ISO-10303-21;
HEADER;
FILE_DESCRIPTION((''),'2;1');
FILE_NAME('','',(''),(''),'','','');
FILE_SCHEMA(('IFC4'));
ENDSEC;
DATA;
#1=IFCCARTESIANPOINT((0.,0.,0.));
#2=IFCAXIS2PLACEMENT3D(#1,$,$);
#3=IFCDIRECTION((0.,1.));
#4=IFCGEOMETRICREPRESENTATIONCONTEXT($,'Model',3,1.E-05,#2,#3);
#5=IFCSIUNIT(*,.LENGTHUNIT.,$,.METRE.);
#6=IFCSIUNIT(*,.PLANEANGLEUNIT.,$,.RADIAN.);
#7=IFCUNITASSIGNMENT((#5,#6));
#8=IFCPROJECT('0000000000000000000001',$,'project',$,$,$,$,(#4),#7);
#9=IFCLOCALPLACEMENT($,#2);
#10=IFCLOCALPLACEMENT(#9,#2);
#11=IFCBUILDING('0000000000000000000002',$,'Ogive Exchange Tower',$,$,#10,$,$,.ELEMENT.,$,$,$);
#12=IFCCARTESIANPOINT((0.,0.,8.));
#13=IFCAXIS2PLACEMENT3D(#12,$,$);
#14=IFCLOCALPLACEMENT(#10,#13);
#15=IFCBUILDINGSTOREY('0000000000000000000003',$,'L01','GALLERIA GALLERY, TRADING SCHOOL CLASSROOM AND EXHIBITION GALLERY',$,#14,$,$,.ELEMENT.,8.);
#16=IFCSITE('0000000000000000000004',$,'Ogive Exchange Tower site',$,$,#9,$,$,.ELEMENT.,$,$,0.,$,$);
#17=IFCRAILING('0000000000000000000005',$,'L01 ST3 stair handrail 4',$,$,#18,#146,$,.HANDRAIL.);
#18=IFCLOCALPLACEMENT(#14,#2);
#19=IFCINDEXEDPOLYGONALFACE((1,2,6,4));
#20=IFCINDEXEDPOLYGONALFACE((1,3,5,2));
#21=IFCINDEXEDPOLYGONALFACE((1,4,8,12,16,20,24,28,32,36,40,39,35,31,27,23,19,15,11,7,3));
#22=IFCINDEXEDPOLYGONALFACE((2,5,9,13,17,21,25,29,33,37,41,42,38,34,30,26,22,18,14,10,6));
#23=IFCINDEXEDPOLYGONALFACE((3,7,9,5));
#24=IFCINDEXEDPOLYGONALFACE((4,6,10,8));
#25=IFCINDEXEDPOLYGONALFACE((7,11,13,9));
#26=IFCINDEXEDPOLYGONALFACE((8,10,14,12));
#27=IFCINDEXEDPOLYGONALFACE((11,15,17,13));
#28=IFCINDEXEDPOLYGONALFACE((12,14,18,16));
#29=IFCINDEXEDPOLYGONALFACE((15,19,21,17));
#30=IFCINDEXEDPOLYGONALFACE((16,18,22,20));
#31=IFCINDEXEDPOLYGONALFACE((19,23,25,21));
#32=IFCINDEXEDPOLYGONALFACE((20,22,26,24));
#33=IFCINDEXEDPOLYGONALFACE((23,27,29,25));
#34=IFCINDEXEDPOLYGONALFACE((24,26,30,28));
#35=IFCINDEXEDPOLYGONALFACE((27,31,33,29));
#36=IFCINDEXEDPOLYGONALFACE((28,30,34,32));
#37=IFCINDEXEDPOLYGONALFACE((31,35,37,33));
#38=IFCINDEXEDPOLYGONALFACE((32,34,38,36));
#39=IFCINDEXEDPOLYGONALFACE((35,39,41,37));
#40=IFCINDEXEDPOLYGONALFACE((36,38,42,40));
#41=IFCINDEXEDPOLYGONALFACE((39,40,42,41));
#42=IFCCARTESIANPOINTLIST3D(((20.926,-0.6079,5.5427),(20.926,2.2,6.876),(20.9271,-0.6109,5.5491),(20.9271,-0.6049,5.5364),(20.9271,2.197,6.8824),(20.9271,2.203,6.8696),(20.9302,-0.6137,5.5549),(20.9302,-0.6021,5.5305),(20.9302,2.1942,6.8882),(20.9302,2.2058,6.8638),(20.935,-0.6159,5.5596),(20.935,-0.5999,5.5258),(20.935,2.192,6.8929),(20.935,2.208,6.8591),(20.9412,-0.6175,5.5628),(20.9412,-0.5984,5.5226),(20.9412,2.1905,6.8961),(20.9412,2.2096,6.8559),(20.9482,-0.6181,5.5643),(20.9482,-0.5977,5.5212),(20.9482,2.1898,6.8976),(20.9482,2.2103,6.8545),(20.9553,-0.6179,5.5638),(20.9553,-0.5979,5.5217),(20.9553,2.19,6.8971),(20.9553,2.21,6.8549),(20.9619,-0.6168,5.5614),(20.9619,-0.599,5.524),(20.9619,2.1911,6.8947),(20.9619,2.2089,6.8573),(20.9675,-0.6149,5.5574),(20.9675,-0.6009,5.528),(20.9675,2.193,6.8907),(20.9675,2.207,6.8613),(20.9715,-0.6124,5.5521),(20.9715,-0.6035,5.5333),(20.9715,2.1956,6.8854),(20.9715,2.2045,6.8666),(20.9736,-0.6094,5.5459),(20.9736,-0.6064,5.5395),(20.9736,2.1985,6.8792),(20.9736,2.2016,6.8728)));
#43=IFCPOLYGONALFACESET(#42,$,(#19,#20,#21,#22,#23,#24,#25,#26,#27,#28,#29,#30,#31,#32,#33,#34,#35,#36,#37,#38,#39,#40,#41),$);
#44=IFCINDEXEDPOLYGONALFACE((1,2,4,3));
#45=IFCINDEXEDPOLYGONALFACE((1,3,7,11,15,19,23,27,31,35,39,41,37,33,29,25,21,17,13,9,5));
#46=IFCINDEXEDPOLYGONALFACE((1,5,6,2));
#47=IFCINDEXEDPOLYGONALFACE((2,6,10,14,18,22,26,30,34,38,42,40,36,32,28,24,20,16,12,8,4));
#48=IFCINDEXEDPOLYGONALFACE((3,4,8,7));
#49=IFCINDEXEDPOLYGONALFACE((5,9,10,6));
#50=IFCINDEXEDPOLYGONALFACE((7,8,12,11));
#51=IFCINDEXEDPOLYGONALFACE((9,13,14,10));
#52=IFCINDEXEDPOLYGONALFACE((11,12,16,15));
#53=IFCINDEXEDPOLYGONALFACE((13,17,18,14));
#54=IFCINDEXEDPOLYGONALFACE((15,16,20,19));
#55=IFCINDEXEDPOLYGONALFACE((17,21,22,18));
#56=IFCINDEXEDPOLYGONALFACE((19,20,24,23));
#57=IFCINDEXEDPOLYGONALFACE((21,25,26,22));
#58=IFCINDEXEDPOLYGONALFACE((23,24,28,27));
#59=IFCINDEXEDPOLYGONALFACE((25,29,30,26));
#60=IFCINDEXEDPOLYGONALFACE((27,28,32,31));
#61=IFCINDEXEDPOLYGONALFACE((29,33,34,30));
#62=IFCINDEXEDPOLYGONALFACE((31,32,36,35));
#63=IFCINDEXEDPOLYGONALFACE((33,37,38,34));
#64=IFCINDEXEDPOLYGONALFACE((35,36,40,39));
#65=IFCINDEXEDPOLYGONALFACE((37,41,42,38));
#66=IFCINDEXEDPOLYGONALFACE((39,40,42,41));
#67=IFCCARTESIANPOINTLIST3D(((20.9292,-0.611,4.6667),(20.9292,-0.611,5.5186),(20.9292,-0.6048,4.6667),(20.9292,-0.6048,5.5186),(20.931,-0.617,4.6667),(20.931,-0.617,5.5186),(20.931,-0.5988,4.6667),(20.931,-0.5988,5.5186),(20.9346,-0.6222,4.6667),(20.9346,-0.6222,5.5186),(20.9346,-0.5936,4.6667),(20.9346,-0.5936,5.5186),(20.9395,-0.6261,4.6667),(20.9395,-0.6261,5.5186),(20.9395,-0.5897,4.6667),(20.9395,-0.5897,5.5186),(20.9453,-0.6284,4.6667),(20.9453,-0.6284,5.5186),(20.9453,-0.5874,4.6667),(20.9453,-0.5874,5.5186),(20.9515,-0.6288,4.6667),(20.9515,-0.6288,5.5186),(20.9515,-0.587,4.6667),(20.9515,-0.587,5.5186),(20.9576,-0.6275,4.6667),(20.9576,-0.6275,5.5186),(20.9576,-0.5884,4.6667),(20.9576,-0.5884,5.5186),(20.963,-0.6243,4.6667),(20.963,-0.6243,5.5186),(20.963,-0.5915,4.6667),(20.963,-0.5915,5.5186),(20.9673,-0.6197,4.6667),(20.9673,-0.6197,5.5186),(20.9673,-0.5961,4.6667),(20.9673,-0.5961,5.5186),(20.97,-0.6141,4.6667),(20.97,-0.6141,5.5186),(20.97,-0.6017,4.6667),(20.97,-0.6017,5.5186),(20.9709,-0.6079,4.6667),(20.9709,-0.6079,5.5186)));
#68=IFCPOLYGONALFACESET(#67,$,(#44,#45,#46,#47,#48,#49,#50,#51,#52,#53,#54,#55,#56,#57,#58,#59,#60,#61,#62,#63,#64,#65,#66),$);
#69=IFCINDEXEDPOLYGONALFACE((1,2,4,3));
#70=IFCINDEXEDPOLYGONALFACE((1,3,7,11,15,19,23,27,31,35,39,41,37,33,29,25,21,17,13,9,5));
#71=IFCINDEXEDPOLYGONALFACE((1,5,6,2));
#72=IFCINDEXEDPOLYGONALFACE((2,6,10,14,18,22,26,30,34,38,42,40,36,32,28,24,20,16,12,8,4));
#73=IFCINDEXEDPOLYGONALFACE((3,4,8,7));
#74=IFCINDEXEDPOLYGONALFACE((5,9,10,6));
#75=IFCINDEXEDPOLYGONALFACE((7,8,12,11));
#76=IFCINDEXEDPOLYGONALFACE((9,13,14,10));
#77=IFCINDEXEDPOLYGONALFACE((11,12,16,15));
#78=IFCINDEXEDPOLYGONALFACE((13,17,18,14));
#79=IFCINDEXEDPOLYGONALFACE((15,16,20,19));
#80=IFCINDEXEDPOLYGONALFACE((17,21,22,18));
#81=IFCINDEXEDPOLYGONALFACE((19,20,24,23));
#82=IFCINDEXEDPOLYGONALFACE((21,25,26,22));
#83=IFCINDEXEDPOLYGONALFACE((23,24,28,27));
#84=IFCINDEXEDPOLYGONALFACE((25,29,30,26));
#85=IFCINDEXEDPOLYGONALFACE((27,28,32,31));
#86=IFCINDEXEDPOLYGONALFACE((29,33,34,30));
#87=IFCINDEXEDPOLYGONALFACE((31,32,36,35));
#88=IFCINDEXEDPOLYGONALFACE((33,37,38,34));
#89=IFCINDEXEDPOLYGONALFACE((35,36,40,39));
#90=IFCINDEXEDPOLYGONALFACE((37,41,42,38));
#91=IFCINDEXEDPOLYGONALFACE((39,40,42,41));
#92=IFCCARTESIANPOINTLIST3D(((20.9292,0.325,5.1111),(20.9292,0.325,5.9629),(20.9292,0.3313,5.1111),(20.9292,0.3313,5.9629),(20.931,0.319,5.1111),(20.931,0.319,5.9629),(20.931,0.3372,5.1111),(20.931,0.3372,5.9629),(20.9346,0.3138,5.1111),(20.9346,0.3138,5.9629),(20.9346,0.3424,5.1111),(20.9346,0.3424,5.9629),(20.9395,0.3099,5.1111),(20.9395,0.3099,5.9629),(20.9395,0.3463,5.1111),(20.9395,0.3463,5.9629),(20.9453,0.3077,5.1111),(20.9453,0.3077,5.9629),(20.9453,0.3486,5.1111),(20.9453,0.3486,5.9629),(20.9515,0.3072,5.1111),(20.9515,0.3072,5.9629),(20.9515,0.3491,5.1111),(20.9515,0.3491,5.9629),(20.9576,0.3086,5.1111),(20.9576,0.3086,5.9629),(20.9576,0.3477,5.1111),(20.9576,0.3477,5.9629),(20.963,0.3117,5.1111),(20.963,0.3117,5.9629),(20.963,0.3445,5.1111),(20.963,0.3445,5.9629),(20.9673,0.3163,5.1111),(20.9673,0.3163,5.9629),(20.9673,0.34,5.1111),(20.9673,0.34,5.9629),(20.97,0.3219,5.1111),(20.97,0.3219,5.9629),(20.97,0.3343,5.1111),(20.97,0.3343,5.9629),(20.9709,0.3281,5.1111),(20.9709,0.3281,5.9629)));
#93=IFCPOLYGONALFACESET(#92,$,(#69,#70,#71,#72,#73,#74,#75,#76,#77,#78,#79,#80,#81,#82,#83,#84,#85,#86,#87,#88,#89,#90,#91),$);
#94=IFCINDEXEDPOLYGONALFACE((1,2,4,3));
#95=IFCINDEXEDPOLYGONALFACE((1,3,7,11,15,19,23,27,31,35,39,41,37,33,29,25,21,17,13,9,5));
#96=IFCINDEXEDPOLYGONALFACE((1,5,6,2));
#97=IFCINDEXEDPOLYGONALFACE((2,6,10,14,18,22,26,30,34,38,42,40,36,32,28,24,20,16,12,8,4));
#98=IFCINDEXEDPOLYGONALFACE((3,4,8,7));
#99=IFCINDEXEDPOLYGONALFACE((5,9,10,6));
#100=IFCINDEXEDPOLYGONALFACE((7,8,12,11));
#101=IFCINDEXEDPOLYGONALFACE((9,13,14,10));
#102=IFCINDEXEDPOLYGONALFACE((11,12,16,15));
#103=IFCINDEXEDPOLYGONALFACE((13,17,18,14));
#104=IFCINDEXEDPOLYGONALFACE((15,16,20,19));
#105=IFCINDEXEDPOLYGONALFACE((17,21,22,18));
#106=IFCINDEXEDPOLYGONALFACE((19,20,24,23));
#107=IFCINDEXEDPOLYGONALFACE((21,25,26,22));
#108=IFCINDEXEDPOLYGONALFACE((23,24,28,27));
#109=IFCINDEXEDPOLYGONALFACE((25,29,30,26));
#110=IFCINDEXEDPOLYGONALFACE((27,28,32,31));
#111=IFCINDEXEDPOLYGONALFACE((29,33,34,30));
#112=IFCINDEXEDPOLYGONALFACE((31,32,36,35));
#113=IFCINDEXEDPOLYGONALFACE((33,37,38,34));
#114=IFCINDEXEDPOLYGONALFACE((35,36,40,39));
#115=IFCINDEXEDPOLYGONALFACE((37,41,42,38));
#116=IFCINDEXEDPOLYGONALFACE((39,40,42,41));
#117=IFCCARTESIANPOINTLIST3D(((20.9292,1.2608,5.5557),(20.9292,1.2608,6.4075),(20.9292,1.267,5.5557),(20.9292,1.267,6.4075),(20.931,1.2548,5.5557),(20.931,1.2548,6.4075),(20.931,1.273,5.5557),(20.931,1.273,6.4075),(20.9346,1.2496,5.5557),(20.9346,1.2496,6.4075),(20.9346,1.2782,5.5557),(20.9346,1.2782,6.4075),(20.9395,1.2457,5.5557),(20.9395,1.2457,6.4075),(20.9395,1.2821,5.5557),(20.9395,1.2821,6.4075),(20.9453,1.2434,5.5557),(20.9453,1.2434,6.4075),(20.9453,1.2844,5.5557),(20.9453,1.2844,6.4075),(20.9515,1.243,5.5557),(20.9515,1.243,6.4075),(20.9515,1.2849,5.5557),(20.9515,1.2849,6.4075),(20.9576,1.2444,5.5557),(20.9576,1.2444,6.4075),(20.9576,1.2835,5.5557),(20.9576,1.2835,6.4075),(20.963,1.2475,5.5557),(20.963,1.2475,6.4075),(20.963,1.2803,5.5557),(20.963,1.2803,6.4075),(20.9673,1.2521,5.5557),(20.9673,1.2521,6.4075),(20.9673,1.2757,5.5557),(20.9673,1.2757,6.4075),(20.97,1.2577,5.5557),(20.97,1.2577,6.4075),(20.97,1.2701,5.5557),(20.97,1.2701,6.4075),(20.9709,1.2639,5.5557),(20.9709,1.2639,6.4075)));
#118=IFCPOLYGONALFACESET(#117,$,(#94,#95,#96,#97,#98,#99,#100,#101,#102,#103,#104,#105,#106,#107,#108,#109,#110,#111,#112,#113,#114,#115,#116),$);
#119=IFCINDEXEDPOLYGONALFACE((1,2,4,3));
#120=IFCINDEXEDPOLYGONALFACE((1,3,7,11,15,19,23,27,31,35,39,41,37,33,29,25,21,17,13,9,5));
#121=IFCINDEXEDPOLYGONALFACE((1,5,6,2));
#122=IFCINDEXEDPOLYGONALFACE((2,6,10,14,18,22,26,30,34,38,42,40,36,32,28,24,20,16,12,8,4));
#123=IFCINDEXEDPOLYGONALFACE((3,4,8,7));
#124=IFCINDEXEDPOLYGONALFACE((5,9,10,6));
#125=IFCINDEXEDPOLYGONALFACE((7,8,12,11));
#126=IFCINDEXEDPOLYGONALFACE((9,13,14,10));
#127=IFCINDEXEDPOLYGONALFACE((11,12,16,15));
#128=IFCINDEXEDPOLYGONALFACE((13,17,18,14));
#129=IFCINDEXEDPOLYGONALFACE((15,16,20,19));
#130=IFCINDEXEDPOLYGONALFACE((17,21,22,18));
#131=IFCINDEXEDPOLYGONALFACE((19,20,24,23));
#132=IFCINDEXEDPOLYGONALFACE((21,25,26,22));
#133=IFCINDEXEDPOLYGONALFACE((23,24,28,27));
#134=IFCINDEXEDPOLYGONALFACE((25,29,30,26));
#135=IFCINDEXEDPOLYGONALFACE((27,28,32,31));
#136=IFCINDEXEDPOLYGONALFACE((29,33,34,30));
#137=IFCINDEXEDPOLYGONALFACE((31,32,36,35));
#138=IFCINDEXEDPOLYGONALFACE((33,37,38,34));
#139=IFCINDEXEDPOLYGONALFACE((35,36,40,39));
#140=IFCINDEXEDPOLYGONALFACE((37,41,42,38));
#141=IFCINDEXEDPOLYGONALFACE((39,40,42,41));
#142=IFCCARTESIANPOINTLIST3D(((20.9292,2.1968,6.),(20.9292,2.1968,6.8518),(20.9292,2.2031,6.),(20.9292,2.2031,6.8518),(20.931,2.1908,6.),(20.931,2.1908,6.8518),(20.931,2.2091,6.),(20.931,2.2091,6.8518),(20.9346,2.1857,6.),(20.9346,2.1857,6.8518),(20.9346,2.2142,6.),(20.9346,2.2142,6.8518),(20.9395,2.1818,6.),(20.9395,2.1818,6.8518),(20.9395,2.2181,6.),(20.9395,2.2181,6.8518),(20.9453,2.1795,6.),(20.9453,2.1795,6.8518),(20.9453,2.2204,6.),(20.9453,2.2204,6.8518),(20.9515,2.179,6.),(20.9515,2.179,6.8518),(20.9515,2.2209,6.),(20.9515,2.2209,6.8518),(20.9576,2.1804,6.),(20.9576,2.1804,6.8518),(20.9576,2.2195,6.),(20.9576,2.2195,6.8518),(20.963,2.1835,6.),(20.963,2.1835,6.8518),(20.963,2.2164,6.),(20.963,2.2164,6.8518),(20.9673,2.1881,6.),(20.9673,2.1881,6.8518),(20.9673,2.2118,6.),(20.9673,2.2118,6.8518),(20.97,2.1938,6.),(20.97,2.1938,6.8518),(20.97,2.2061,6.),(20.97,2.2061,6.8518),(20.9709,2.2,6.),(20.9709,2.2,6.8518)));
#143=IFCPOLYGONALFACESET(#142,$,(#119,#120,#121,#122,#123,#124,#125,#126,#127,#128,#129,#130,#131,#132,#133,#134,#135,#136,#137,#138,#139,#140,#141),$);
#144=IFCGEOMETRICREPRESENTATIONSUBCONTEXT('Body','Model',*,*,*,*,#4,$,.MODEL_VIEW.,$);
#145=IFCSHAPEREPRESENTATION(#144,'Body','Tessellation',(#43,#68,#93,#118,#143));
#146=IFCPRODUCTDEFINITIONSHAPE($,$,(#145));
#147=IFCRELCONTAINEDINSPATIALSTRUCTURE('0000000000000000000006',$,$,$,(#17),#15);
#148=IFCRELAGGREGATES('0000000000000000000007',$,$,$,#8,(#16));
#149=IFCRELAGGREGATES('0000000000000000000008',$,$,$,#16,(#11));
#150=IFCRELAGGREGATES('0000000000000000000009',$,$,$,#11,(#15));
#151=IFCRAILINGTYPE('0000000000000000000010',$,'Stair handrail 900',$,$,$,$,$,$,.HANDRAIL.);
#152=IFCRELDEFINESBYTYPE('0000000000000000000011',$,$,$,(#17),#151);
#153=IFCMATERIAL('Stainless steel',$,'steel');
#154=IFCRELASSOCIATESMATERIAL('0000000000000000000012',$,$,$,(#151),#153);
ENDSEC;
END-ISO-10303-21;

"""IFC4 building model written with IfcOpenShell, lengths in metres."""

from ifc_helpers import new_model, si_unit, direction, frame, origin, origin_2d, place, context, subcontext, project, spatial, circle, extrude, material, type_object, element, save


model = new_model("IFC4")

# Units and contexts
model_context = context("Model", 3, precision=1e-05, world=origin(), true_north=direction((0.0, 1.0)))
body_context = subcontext(model_context, "Body", "Model", "MODEL_VIEW")
ifc_project = project(units=[si_unit("LENGTHUNIT", "METRE"), si_unit("PLANEANGLEUNIT", "RADIAN")], contexts=[model_context])

# Site, building, storey
site_placement = place(None, origin())
site = spatial("IfcSite", under=ifc_project, at=site_placement, Name="Ogive Exchange Tower site", CompositionType="ELEMENT", RefElevation=0.0)
building_placement = place(site_placement, origin())
building = spatial("IfcBuilding", under=site, at=building_placement, Name="Ogive Exchange Tower", CompositionType="ELEMENT")
storey_placement = place(building_placement, frame((0.0, 0.0, 8.0)))
storey = spatial("IfcBuildingStorey", under=building, at=storey_placement, Name="L01", Description="GALLERIA GALLERY, TRADING SCHOOL CLASSROOM AND EXHIBITION GALLERY", CompositionType="ELEMENT", Elevation=8.0)

# Railing
ifc_material_1 = material(Name="Stainless steel", Category="steel")
railing_type = type_object("IfcRailingType", Name="Stair handrail 900", PredefinedType="HANDRAIL", material=ifc_material_1)
railing_1_placement = place(storey_placement, frame((20.95, -0.6079, 4.6667)))
element("IfcRailing", 1, at=railing_1_placement, inside=storey, type_object=railing_type, Name="L01 ST3 stair handrail 4", PredefinedType="HANDRAIL", context=body_context, shape_type="SweptSolid", body=[
    extrude(circle(Radius=0.0239, at=origin_2d()), frame((0.0, 0.0, 0.876), z_axis=(0.0, 0.903338, 0.42893), x_axis=(-1.0, 0.0, 0.0)), (0.0, 0.0, 1.0), 3.1084),
    extrude(circle(Radius=0.021, at=origin_2d()), origin(), (0.0, 0.0, 1.0), 0.8518),
    extrude(circle(Radius=0.021, at=origin_2d()), frame((0.0, 0.936, 0.4443)), (0.0, 0.0, 1.0), 0.8518),
    extrude(circle(Radius=0.021, at=origin_2d()), frame((0.0, 1.8718, 0.8889)), (0.0, 0.0, 1.0), 0.8518),
    extrude(circle(Radius=0.021, at=origin_2d()), frame((0.0, 2.8079, 1.3333)), (0.0, 0.0, 1.0), 0.8518),
])

save(model, "model.ifc")
